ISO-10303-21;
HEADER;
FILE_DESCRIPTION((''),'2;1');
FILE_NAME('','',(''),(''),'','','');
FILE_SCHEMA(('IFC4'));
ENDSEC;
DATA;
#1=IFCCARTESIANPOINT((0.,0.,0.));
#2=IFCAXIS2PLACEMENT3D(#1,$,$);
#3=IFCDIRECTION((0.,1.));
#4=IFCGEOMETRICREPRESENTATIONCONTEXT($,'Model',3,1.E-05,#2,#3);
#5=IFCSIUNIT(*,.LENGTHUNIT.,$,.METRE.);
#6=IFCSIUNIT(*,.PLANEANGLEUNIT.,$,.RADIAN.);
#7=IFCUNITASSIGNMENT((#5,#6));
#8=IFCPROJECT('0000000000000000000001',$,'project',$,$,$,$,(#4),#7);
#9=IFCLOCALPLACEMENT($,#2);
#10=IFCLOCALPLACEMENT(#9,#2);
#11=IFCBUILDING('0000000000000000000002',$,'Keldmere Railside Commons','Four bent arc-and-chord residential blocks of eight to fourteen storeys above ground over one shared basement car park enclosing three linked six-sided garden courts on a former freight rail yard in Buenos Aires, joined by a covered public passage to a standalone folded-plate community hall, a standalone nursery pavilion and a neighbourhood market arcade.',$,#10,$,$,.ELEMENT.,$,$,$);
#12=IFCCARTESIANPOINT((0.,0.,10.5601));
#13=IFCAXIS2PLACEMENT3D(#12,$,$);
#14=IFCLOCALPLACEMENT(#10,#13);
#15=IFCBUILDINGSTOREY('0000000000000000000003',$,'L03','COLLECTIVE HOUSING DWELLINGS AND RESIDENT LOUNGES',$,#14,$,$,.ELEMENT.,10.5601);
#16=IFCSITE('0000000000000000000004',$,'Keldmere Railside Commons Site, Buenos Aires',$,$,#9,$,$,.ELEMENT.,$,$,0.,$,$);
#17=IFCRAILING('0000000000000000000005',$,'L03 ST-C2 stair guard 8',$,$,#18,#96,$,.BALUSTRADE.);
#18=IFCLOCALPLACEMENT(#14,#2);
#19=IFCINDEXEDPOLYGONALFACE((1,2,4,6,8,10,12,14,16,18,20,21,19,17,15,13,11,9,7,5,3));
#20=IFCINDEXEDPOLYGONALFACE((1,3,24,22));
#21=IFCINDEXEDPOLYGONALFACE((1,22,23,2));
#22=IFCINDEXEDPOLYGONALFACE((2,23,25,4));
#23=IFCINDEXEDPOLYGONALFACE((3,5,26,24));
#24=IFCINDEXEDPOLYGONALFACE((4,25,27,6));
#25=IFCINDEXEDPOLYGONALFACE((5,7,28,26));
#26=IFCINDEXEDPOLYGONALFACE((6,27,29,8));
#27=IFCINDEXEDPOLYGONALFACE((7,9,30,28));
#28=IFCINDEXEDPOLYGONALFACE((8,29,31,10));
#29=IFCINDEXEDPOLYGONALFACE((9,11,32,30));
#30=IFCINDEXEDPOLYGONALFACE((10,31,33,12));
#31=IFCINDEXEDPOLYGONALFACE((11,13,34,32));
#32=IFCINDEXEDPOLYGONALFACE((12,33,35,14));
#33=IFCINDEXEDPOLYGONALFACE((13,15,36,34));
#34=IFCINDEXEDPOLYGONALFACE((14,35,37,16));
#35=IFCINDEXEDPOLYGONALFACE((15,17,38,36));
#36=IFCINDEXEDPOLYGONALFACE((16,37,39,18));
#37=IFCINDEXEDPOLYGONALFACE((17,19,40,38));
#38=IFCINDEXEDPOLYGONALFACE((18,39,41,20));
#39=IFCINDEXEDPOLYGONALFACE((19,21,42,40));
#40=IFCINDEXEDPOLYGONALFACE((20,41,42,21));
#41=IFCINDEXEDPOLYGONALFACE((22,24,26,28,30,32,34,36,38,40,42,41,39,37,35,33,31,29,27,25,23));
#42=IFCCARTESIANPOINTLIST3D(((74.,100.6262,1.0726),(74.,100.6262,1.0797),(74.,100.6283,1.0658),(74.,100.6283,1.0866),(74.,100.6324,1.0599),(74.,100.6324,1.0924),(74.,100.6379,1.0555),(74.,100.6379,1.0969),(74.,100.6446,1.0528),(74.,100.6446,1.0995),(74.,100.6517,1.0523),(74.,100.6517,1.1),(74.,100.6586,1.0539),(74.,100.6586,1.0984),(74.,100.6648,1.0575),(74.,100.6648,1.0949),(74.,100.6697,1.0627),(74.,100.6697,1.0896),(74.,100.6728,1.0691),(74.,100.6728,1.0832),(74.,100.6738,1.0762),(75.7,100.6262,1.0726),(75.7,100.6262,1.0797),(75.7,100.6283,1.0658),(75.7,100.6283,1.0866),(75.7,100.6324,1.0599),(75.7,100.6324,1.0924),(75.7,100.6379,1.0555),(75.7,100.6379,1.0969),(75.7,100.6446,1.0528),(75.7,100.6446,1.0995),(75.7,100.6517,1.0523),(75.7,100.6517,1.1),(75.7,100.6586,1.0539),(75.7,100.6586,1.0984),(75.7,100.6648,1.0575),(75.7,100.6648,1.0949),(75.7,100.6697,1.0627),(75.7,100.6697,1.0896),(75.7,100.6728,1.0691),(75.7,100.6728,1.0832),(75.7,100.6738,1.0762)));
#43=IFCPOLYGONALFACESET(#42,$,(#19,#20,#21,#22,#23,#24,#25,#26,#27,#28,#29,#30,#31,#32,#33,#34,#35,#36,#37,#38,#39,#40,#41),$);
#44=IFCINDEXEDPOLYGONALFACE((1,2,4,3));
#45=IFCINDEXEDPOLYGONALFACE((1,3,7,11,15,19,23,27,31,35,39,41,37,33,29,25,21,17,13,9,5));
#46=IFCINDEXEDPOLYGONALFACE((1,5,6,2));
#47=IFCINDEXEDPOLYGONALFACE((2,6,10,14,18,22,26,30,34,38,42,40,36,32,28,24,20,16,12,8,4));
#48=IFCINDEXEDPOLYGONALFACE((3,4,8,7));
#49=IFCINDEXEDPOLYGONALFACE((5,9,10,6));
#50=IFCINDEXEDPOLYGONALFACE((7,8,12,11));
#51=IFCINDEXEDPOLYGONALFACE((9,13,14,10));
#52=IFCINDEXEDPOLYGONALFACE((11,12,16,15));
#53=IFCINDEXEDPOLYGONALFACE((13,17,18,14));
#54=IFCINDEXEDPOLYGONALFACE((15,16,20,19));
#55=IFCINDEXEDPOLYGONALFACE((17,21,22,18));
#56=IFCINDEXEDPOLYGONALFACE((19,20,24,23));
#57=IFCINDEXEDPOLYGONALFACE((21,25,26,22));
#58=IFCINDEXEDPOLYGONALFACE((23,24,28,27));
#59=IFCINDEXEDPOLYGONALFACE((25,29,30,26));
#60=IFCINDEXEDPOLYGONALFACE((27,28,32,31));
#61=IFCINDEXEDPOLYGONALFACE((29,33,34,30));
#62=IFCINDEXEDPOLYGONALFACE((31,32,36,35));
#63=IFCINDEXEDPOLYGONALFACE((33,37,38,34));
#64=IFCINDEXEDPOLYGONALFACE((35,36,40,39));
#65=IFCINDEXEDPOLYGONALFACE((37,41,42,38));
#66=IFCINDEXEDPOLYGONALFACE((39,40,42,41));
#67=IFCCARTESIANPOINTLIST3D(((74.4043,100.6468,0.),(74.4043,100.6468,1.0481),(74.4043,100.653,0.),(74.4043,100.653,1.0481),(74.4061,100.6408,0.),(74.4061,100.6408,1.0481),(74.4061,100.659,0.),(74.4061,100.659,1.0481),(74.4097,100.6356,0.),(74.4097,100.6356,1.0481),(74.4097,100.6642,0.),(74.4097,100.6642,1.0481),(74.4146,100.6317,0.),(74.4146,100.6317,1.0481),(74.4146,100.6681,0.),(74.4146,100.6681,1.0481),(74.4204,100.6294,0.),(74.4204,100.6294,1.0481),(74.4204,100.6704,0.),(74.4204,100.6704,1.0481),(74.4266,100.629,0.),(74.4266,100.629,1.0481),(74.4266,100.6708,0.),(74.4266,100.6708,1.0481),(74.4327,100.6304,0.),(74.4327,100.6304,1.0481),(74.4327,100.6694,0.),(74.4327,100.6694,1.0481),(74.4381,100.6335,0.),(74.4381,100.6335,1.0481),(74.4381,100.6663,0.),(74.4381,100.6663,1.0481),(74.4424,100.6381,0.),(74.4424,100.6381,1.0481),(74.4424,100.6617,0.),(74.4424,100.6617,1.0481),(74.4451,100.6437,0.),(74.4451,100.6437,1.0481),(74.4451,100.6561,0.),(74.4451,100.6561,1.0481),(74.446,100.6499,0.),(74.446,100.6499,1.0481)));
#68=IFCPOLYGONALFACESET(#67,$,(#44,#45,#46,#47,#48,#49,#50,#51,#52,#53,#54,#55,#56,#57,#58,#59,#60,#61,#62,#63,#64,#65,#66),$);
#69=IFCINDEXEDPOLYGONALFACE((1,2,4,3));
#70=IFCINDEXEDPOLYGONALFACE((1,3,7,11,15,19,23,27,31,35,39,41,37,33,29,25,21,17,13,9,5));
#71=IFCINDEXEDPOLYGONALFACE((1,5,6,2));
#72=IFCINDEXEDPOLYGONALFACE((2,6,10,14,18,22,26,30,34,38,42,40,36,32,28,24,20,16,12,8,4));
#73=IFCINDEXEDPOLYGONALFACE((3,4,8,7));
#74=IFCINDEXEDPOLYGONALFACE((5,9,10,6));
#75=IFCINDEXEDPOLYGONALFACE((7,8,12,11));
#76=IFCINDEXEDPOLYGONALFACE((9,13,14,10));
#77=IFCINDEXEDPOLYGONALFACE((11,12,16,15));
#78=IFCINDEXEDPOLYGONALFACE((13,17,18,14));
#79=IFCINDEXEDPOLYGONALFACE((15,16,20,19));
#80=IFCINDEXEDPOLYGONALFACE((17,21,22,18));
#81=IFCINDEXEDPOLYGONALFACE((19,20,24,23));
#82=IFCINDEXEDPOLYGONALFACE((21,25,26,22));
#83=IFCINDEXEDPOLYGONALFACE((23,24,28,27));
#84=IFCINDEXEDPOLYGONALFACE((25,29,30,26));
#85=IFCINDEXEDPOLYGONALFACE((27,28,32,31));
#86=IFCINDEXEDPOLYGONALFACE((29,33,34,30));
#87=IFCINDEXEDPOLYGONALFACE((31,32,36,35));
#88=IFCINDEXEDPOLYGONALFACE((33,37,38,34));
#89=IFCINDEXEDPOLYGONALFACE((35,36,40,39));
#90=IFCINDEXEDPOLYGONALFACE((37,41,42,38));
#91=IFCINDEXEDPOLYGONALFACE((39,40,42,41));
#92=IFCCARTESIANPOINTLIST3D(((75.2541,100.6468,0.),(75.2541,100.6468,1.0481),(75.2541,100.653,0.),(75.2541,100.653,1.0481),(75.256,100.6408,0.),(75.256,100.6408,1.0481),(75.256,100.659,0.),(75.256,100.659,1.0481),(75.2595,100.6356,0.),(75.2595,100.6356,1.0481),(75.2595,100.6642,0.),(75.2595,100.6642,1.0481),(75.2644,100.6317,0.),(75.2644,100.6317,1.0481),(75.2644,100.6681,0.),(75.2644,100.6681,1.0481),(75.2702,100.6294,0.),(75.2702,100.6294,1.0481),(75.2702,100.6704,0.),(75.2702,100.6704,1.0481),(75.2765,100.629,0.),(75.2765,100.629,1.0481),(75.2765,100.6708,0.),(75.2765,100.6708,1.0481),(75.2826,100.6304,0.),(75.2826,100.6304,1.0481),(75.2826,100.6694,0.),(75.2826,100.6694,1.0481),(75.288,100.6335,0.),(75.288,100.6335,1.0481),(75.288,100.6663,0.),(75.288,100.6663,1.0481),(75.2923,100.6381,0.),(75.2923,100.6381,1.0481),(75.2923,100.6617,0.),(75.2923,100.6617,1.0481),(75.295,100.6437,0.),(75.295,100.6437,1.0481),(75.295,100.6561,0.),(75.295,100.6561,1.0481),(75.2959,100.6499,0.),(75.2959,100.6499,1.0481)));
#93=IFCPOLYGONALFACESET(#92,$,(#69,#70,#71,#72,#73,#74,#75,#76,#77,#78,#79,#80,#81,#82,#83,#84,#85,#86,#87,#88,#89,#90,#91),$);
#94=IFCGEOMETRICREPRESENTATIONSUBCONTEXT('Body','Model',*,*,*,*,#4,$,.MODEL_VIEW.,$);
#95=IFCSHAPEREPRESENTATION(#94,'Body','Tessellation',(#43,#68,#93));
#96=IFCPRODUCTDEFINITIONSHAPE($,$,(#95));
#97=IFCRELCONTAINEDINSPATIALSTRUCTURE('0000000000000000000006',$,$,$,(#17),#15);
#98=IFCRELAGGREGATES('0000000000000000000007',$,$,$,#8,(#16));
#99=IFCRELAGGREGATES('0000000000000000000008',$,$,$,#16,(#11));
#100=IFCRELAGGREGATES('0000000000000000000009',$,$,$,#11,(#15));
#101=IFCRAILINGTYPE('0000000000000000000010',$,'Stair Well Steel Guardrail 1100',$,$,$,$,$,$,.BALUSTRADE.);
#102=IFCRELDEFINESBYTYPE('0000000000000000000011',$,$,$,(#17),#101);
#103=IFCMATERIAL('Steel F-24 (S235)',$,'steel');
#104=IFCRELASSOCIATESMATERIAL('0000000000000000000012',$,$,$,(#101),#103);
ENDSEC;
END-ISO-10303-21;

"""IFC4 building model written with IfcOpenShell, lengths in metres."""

from ifc_helpers import new_model, si_unit, direction, frame, origin, origin_2d, place, context, subcontext, project, spatial, circle, extrude, material, type_object, element, save


model = new_model("IFC4")

# Units and contexts
model_context = context("Model", 3, precision=1e-05, world=origin(), true_north=direction((0.0, 1.0)))
body_context = subcontext(model_context, "Body", "Model", "MODEL_VIEW")
ifc_project = project(units=[si_unit("LENGTHUNIT", "METRE"), si_unit("PLANEANGLEUNIT", "RADIAN")], contexts=[model_context])

# Site, building, storey
site_placement = place(None, origin())
site = spatial("IfcSite", under=ifc_project, at=site_placement, Name="Keldmere Railside Commons Site, Buenos Aires", CompositionType="ELEMENT", RefElevation=0.0)
building_placement = place(site_placement, origin())
building = spatial("IfcBuilding", under=site, at=building_placement, Name="Keldmere Railside Commons", Description="Four bent arc-and-chord residential blocks of eight to fourteen storeys above ground over one shared basement car park enclosing three linked six-sided garden courts on a former freight rail yard in Buenos Aires, joined by a covered public passage to a standalone folded-plate community hall, a standalone nursery pavilion and a neighbourhood market arcade.", CompositionType="ELEMENT")
storey_placement = place(building_placement, frame((0.0, 0.0, 10.5601)))
storey = spatial("IfcBuildingStorey", under=building, at=storey_placement, Name="L03", Description="COLLECTIVE HOUSING DWELLINGS AND RESIDENT LOUNGES", CompositionType="ELEMENT", Elevation=10.5601)

# Railing
ifc_material_1 = material(Name="Steel F-24 (S235)", Category="steel")
railing_type_1 = type_object("IfcRailingType", Name="Stair Well Steel Guardrail 1100", PredefinedType="BALUSTRADE", material=ifc_material_1)
railing_1_placement = place(storey_placement, frame((74.0, 100.6499, 0.0)))
element("IfcRailing", 1, at=railing_1_placement, inside=storey, type_object=railing_type_1, Name="L03 ST-C2 stair guard 8", PredefinedType="BALUSTRADE", context=body_context, shape_type="SweptSolid", body=[
    extrude(circle(Radius=0.0239, at=origin_2d()), frame((0.0, 0.0, 1.0762), z_axis=(1.0, 0.0, 0.0), x_axis=(0.0, 1.0, 0.0)), (0.0, 0.0, 1.0), 1.7),
    extrude(circle(Radius=0.021, at=origin_2d()), frame((0.425, 0.0, 0.0)), (0.0, 0.0, 1.0), 1.0481),
    extrude(circle(Radius=0.021, at=origin_2d()), frame((1.2749, 0.0, 0.0)), (0.0, 0.0, 1.0), 1.0481),
])

save(model, "model.ifc")
